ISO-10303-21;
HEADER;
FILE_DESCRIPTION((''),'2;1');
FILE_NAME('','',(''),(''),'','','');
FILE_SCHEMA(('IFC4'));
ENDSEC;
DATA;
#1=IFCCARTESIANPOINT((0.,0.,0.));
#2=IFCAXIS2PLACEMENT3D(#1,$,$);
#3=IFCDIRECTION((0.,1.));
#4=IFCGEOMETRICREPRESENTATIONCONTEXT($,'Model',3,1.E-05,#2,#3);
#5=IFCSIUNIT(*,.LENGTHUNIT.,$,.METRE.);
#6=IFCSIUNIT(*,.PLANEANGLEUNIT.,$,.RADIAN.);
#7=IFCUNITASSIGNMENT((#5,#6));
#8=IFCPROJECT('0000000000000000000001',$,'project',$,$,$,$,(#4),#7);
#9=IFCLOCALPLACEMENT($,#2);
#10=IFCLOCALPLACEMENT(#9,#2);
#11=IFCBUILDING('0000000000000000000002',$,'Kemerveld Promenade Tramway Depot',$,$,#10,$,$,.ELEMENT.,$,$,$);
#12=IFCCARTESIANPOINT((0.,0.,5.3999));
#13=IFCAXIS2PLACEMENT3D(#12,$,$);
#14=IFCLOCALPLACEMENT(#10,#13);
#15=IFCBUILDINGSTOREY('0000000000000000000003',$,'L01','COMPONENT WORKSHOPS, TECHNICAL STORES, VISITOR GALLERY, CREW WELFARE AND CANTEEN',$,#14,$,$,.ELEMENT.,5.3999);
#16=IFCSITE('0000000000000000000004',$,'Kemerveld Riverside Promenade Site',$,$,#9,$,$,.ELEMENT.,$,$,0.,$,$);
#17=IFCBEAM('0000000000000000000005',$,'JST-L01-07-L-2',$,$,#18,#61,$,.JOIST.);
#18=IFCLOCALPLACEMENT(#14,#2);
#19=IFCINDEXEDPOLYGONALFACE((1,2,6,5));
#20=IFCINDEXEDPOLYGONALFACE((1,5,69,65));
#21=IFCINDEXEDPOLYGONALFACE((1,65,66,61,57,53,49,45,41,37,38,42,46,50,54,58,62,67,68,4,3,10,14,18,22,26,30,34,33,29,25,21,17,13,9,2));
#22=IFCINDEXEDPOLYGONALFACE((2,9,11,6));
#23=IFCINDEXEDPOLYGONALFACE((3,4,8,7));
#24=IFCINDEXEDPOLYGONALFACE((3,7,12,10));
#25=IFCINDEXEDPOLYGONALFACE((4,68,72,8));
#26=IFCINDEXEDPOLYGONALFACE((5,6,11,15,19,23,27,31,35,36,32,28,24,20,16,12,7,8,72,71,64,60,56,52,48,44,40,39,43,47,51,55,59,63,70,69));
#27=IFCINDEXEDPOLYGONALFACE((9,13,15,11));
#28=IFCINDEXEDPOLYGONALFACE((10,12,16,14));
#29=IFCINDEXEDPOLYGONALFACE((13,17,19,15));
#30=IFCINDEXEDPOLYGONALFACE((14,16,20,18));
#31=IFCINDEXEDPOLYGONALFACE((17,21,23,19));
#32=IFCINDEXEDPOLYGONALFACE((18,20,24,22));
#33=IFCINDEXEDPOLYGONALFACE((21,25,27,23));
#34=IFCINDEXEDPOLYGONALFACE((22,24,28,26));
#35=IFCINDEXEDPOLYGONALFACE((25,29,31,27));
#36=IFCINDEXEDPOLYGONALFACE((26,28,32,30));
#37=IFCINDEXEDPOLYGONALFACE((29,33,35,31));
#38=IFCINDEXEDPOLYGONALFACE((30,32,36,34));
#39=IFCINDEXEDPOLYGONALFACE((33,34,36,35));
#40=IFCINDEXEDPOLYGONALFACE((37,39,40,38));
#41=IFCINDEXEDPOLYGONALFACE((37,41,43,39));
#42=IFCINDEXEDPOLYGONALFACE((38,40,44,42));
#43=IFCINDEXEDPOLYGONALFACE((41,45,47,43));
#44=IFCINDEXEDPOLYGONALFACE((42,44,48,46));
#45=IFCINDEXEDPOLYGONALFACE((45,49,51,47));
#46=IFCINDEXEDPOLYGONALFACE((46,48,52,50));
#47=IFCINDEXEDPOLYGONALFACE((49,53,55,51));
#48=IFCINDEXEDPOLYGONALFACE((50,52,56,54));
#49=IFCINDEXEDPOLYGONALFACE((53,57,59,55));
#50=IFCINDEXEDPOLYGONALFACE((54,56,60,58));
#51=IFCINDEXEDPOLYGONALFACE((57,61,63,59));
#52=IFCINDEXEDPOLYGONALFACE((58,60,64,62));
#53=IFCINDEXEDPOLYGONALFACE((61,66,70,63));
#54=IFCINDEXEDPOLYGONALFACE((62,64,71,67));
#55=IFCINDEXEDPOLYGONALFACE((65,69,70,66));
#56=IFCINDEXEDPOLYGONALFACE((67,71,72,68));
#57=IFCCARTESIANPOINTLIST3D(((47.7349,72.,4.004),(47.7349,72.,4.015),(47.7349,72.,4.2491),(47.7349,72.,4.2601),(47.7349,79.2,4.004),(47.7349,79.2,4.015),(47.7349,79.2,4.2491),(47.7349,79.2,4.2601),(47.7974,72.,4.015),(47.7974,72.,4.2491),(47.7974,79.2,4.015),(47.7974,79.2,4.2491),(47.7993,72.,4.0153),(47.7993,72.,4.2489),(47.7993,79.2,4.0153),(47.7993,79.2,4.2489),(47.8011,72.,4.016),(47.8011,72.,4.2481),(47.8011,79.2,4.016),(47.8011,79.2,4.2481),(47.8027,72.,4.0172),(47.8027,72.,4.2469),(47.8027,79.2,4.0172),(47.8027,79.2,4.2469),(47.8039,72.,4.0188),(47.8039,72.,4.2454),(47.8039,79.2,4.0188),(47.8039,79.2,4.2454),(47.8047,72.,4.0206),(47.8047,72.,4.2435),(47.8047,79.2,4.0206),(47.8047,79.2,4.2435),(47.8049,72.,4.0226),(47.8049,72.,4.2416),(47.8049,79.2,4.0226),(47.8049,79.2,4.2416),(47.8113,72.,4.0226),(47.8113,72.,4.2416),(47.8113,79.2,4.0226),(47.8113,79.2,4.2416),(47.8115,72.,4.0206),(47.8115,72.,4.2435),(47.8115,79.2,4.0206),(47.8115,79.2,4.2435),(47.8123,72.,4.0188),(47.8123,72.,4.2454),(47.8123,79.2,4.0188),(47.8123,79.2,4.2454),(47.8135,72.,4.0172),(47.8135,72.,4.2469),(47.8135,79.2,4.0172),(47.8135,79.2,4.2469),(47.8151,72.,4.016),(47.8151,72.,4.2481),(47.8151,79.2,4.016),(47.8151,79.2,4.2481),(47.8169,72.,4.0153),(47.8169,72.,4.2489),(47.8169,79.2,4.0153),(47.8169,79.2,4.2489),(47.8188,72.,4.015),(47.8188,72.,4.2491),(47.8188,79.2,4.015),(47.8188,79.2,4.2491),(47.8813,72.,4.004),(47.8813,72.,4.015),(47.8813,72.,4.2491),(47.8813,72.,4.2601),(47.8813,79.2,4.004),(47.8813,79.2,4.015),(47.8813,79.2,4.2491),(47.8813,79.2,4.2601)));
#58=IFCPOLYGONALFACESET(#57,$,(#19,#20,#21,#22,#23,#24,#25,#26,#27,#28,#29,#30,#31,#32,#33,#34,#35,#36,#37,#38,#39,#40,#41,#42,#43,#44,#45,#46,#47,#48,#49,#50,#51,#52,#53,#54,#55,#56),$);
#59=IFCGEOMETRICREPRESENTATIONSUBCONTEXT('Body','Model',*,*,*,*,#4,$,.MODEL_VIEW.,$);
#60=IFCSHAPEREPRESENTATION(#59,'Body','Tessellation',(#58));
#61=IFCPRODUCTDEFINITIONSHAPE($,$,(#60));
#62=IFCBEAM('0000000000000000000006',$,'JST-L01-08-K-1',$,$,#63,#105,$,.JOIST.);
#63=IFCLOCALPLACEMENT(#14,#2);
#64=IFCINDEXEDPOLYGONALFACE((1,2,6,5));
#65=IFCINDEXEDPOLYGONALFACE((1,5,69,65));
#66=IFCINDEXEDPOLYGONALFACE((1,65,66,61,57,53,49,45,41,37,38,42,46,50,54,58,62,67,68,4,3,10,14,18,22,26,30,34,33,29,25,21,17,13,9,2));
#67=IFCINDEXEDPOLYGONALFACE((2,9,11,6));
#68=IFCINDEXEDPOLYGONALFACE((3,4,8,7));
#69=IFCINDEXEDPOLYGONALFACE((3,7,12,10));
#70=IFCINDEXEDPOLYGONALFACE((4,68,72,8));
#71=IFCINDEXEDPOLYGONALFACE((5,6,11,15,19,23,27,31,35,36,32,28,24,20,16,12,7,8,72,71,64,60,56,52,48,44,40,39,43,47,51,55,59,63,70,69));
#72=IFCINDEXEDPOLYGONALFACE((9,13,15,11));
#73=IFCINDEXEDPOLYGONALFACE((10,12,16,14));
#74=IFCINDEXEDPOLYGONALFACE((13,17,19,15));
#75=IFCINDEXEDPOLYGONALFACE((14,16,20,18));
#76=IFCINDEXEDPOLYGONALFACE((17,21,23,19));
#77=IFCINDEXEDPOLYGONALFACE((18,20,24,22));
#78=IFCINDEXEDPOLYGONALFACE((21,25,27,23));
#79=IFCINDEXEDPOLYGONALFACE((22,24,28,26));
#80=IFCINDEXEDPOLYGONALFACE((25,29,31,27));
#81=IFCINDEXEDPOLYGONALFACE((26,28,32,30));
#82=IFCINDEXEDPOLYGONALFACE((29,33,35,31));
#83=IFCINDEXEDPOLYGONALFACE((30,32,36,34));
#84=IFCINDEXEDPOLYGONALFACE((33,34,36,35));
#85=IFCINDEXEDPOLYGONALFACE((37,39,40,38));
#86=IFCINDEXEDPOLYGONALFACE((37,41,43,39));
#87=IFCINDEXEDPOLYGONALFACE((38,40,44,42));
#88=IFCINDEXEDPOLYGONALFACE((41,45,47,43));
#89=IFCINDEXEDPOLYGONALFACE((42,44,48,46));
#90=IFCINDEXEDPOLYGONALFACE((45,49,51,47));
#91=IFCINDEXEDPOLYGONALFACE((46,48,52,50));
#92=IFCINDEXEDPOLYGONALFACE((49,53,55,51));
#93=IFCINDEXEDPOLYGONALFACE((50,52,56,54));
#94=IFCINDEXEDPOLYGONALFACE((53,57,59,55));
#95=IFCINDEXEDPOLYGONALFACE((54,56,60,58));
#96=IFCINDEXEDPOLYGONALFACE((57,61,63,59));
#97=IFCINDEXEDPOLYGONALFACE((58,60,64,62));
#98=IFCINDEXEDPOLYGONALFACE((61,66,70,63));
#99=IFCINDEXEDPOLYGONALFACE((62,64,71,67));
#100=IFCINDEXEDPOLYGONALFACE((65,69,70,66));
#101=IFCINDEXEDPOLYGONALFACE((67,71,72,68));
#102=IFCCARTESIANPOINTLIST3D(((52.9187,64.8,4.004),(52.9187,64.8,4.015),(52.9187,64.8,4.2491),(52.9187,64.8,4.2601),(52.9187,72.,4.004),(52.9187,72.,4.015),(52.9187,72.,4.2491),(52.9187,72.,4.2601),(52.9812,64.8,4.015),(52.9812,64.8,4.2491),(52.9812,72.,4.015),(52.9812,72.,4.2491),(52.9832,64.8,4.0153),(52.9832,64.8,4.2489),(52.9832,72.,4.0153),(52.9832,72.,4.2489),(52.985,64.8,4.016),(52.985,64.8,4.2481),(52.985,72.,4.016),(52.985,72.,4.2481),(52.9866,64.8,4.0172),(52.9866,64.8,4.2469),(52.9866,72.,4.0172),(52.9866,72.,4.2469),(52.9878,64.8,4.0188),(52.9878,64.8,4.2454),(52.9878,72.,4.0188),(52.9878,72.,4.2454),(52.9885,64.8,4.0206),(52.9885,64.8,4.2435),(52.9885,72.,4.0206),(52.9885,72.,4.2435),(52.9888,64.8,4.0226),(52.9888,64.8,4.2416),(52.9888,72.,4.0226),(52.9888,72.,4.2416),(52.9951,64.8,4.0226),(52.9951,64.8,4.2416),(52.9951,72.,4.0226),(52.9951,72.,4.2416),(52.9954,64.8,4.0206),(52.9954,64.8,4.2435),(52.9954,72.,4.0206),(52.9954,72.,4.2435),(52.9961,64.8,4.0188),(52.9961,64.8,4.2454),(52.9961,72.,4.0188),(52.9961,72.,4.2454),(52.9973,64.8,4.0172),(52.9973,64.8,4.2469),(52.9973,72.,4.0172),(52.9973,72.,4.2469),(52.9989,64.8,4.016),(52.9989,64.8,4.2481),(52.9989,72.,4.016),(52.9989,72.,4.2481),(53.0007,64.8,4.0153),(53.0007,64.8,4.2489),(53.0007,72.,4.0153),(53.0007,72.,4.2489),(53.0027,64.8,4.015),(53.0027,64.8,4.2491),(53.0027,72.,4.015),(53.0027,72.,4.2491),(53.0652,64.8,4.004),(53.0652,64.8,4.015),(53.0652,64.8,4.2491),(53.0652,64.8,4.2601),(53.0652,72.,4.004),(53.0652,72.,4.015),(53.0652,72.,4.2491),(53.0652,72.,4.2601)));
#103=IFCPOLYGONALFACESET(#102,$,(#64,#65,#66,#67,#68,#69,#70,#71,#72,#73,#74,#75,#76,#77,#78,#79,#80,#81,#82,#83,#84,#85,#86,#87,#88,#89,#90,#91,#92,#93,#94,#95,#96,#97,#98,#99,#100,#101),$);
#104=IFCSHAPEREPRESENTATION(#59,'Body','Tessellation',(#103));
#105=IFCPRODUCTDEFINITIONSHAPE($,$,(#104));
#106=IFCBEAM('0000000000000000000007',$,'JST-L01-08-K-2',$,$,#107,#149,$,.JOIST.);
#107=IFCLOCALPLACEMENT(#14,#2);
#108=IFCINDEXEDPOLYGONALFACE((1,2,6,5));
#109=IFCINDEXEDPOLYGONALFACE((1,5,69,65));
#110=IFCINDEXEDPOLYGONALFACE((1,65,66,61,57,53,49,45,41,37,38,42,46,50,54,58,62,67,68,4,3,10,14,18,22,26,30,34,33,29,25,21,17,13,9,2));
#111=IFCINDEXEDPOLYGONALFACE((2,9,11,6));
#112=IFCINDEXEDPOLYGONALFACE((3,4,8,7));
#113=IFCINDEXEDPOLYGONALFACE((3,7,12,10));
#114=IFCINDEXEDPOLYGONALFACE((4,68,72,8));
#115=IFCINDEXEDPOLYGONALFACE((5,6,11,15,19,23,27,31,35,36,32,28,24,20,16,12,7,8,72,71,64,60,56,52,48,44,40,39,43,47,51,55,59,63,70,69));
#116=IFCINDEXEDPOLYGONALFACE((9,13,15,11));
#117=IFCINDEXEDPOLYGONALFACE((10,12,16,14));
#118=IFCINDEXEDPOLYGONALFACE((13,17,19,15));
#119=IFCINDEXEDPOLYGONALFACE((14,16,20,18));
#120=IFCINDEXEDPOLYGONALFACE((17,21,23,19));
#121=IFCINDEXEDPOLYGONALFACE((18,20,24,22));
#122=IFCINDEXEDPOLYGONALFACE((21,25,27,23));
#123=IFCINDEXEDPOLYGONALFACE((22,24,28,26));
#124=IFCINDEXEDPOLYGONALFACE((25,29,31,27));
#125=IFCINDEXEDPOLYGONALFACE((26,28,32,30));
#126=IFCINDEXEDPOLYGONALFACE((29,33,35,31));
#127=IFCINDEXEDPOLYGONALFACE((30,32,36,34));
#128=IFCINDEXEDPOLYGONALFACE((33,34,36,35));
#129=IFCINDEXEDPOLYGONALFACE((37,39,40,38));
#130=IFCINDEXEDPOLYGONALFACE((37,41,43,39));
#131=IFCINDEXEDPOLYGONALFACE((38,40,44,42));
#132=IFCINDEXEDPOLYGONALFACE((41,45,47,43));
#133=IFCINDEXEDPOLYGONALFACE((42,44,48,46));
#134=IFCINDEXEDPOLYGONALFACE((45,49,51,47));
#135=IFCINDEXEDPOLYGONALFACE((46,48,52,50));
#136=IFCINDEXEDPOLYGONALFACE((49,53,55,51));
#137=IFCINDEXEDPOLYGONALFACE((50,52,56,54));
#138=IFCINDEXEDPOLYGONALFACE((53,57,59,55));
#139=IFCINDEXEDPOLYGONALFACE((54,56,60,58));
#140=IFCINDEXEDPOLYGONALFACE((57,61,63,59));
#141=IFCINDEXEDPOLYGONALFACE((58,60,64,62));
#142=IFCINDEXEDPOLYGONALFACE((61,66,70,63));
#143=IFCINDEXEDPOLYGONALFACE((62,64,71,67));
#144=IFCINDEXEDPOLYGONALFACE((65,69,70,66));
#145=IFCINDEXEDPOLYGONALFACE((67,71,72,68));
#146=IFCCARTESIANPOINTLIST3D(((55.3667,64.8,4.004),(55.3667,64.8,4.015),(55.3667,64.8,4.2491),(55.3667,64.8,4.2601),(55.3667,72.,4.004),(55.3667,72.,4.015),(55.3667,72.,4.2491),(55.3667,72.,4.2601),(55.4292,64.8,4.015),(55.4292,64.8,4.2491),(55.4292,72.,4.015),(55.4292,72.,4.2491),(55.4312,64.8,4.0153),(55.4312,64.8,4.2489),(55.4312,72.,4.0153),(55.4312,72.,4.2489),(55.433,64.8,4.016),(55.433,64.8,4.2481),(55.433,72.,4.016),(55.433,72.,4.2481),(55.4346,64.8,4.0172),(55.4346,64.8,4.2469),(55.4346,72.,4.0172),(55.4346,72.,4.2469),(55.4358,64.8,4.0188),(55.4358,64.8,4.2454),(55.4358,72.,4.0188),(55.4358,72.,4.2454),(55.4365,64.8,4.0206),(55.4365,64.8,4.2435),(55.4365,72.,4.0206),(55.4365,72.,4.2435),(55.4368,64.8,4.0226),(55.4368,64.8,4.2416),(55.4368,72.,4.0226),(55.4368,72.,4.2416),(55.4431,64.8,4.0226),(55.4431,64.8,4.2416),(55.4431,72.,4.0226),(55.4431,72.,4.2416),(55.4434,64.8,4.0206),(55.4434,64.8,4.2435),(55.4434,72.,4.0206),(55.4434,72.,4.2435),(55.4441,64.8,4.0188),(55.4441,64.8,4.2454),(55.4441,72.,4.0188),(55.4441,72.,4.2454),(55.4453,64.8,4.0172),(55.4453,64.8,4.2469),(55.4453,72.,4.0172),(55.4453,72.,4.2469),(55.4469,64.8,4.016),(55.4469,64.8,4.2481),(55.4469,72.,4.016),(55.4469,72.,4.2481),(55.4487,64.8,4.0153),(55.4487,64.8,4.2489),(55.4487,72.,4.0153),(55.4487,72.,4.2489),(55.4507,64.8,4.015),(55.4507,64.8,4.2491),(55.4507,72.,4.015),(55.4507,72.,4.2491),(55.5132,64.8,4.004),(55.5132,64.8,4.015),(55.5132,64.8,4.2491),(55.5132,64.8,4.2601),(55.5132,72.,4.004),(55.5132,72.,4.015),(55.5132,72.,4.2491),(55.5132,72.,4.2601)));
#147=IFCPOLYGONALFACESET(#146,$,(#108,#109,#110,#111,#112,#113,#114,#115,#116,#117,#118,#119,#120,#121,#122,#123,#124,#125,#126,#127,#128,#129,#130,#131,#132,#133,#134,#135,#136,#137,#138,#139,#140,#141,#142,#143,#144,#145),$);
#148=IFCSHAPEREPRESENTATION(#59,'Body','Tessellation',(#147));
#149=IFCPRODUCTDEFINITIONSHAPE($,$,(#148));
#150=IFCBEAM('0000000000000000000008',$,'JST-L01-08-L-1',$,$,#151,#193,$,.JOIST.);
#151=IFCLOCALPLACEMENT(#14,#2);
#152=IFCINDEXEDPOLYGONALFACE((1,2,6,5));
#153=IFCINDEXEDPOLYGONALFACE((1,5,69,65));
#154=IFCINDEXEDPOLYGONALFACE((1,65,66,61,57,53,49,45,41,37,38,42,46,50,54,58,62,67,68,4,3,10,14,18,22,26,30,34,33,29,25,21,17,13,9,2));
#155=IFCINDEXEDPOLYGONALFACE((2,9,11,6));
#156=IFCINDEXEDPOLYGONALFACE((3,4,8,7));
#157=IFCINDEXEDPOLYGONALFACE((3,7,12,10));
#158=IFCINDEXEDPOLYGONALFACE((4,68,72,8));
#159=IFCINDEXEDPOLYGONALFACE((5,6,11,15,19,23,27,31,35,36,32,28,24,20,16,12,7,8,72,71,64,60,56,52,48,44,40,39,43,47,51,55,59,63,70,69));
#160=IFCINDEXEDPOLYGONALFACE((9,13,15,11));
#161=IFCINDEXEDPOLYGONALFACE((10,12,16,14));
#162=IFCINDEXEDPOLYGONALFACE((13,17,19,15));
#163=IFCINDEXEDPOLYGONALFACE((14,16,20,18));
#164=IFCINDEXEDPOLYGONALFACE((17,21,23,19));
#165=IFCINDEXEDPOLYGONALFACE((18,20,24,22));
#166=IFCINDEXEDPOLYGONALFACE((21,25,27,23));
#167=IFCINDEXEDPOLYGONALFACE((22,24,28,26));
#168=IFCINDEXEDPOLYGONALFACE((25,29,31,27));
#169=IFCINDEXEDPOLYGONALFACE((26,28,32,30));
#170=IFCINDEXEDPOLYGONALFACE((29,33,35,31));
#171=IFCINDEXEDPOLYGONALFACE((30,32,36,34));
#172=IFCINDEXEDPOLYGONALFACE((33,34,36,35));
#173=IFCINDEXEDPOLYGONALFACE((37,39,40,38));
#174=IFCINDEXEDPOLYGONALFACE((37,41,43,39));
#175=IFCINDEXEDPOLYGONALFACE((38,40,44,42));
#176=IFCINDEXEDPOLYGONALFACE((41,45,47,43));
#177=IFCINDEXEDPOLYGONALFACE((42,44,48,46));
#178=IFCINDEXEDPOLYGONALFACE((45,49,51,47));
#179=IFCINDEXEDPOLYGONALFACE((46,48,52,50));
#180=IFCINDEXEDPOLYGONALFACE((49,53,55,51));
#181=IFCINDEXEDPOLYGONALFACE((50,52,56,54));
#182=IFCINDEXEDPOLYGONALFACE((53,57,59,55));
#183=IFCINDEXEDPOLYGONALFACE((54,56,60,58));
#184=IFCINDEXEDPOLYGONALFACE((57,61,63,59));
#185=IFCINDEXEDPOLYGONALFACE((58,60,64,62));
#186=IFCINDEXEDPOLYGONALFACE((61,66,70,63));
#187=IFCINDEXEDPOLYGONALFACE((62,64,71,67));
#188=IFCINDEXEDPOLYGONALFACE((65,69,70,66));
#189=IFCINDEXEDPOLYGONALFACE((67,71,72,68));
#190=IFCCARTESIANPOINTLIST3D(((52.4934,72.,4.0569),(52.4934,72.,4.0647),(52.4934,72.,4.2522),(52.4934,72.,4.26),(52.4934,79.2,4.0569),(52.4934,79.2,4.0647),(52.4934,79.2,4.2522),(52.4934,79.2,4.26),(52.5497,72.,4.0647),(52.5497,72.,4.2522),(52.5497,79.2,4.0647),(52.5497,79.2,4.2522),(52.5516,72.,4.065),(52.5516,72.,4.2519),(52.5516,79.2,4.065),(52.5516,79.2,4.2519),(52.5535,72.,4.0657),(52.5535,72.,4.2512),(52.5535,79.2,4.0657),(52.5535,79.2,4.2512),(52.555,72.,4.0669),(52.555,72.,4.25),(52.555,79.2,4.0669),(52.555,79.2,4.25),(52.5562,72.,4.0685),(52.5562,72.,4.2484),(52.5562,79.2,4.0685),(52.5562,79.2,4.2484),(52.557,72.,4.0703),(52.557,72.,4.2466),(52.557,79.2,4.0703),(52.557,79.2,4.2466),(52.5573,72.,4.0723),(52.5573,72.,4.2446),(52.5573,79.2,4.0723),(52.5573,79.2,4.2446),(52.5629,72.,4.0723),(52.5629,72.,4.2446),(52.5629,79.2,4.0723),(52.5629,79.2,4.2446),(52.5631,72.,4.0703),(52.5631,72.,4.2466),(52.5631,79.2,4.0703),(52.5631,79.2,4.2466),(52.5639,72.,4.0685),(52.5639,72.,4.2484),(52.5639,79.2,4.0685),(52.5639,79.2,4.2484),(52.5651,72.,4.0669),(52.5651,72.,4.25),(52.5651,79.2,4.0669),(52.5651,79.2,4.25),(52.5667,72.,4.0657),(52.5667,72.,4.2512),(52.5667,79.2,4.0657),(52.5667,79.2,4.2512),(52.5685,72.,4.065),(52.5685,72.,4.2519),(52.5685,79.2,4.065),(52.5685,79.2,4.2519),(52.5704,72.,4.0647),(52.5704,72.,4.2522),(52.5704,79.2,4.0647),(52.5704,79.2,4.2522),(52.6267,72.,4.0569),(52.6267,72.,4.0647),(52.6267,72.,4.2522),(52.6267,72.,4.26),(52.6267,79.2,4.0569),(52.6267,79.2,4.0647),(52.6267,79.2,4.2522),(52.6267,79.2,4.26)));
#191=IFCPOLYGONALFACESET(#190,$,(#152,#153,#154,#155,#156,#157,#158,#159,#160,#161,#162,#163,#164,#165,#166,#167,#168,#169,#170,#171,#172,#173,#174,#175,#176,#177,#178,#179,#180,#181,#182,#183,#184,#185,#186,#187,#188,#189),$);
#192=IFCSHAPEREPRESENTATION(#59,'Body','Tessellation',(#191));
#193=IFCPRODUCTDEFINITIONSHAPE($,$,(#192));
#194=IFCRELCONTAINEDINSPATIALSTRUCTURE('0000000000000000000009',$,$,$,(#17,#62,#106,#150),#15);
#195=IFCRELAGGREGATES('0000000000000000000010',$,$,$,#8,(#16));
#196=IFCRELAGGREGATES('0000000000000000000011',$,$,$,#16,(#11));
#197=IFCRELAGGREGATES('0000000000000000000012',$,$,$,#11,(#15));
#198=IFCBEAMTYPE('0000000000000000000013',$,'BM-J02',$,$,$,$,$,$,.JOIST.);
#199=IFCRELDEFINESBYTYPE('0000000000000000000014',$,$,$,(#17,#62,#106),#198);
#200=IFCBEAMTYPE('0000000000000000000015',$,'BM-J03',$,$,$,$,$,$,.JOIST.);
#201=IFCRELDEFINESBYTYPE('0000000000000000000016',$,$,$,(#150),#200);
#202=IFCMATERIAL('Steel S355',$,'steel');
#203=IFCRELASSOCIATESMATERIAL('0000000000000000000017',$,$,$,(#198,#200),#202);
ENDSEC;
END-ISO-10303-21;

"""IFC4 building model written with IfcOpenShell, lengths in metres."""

from ifc_helpers import new_model, si_unit, direction, frame, origin, origin_2d, place, context, subcontext, project, spatial, i_section, extrude, material, material_profile, profile_set, type_object, element, save


model = new_model("IFC4")

# Units and contexts
model_context = context("Model", 3, precision=1e-05, world=origin(), true_north=direction((0.0, 1.0)))
body_context = subcontext(model_context, "Body", "Model", "MODEL_VIEW")
ifc_project = project(units=[si_unit("LENGTHUNIT", "METRE"), si_unit("PLANEANGLEUNIT", "RADIAN")], contexts=[model_context])

# Site, building, storey
site_placement = place(None, origin())
site = spatial("IfcSite", under=ifc_project, at=site_placement, Name="Kemerveld Riverside Promenade Site", CompositionType="ELEMENT", RefElevation=0.0)
building_placement = place(site_placement, origin())
building = spatial("IfcBuilding", under=site, at=building_placement, Name="Kemerveld Promenade Tramway Depot", CompositionType="ELEMENT")
storey_placement = place(building_placement, frame((0.0, 0.0, 5.3999)))
storey = spatial("IfcBuildingStorey", under=building, at=storey_placement, Name="L01", Description="COMPONENT WORKSHOPS, TECHNICAL STORES, VISITOR GALLERY, CREW WELFARE AND CANTEEN", CompositionType="ELEMENT", Elevation=5.3999)

# Shared definitions
ifc_material_1 = material(Name="Steel S355", Category="steel")

# Beams
ifc_material_profile_1 = material_profile(ifc_material_1, i_section(OverallWidth=0.1465, OverallDepth=0.2561, WebThickness=0.0063, FlangeThickness=0.011, FilletRadius=0.0076, at=origin_2d()), Name="254x146x37 UB")
ifc_profile_set_1 = profile_set([ifc_material_profile_1], Name="Steel S355")
beam_type_1 = type_object("IfcBeamType", Name="BM-J02", PredefinedType="JOIST", material=ifc_profile_set_1)
for number, where, z_axis, x_axis, name in (
    (1, (47.8081, 72.0, 4.1321), (0.0, 1.0, 0.0), (-1.0, 0.0, 0.0), "JST-L01-07-L-2"),
    (2, (52.9919, 64.8, 4.1321), (0.0, 1.0, 0.0), (-1.0, 0.0, 0.0), "JST-L01-08-K-1"),
    (3, (55.4399, 64.8, 4.1321), (0.0, 1.0, 0.0), (-1.0, 0.0, 0.0), "JST-L01-08-K-2"),
):
    element("IfcBeam", number, at=place(storey_placement, frame(where, z_axis=z_axis, x_axis=x_axis)), inside=storey, type_object=beam_type_1, Name=name, PredefinedType="JOIST", context=body_context, shape_type="SweptSolid", body=[
        extrude(i_section(OverallWidth=0.1465, OverallDepth=0.2561, WebThickness=0.0063, FlangeThickness=0.011, FilletRadius=0.0076, at=origin_2d()), origin(), (0.0, 0.0, 1.0), 7.2),
    ])
ifc_material_profile_2 = material_profile(ifc_material_1, i_section(OverallWidth=0.1333, OverallDepth=0.2031, WebThickness=0.0056, FlangeThickness=0.0078, FilletRadius=0.0076, at=origin_2d()), Name="203x133x25 UB")
ifc_profile_set_2 = profile_set([ifc_material_profile_2], Name="Steel S355")
beam_type_2 = type_object("IfcBeamType", Name="BM-J03", PredefinedType="JOIST", material=ifc_profile_set_2)
for number, where, z_axis, x_axis, name in (
    (4, (52.5601, 72.0, 4.1584), (0.0, 1.0, 0.0), (-1.0, 0.0, 0.0), "JST-L01-08-L-1"),
):
    element("IfcBeam", number, at=place(storey_placement, frame(where, z_axis=z_axis, x_axis=x_axis)), inside=storey, type_object=beam_type_2, Name=name, PredefinedType="JOIST", context=body_context, shape_type="SweptSolid", body=[
        extrude(i_section(OverallWidth=0.1333, OverallDepth=0.2031, WebThickness=0.0056, FlangeThickness=0.0078, FilletRadius=0.0076, at=origin_2d()), origin(), (0.0, 0.0, 1.0), 7.2),
    ])

save(model, "model.ifc")
